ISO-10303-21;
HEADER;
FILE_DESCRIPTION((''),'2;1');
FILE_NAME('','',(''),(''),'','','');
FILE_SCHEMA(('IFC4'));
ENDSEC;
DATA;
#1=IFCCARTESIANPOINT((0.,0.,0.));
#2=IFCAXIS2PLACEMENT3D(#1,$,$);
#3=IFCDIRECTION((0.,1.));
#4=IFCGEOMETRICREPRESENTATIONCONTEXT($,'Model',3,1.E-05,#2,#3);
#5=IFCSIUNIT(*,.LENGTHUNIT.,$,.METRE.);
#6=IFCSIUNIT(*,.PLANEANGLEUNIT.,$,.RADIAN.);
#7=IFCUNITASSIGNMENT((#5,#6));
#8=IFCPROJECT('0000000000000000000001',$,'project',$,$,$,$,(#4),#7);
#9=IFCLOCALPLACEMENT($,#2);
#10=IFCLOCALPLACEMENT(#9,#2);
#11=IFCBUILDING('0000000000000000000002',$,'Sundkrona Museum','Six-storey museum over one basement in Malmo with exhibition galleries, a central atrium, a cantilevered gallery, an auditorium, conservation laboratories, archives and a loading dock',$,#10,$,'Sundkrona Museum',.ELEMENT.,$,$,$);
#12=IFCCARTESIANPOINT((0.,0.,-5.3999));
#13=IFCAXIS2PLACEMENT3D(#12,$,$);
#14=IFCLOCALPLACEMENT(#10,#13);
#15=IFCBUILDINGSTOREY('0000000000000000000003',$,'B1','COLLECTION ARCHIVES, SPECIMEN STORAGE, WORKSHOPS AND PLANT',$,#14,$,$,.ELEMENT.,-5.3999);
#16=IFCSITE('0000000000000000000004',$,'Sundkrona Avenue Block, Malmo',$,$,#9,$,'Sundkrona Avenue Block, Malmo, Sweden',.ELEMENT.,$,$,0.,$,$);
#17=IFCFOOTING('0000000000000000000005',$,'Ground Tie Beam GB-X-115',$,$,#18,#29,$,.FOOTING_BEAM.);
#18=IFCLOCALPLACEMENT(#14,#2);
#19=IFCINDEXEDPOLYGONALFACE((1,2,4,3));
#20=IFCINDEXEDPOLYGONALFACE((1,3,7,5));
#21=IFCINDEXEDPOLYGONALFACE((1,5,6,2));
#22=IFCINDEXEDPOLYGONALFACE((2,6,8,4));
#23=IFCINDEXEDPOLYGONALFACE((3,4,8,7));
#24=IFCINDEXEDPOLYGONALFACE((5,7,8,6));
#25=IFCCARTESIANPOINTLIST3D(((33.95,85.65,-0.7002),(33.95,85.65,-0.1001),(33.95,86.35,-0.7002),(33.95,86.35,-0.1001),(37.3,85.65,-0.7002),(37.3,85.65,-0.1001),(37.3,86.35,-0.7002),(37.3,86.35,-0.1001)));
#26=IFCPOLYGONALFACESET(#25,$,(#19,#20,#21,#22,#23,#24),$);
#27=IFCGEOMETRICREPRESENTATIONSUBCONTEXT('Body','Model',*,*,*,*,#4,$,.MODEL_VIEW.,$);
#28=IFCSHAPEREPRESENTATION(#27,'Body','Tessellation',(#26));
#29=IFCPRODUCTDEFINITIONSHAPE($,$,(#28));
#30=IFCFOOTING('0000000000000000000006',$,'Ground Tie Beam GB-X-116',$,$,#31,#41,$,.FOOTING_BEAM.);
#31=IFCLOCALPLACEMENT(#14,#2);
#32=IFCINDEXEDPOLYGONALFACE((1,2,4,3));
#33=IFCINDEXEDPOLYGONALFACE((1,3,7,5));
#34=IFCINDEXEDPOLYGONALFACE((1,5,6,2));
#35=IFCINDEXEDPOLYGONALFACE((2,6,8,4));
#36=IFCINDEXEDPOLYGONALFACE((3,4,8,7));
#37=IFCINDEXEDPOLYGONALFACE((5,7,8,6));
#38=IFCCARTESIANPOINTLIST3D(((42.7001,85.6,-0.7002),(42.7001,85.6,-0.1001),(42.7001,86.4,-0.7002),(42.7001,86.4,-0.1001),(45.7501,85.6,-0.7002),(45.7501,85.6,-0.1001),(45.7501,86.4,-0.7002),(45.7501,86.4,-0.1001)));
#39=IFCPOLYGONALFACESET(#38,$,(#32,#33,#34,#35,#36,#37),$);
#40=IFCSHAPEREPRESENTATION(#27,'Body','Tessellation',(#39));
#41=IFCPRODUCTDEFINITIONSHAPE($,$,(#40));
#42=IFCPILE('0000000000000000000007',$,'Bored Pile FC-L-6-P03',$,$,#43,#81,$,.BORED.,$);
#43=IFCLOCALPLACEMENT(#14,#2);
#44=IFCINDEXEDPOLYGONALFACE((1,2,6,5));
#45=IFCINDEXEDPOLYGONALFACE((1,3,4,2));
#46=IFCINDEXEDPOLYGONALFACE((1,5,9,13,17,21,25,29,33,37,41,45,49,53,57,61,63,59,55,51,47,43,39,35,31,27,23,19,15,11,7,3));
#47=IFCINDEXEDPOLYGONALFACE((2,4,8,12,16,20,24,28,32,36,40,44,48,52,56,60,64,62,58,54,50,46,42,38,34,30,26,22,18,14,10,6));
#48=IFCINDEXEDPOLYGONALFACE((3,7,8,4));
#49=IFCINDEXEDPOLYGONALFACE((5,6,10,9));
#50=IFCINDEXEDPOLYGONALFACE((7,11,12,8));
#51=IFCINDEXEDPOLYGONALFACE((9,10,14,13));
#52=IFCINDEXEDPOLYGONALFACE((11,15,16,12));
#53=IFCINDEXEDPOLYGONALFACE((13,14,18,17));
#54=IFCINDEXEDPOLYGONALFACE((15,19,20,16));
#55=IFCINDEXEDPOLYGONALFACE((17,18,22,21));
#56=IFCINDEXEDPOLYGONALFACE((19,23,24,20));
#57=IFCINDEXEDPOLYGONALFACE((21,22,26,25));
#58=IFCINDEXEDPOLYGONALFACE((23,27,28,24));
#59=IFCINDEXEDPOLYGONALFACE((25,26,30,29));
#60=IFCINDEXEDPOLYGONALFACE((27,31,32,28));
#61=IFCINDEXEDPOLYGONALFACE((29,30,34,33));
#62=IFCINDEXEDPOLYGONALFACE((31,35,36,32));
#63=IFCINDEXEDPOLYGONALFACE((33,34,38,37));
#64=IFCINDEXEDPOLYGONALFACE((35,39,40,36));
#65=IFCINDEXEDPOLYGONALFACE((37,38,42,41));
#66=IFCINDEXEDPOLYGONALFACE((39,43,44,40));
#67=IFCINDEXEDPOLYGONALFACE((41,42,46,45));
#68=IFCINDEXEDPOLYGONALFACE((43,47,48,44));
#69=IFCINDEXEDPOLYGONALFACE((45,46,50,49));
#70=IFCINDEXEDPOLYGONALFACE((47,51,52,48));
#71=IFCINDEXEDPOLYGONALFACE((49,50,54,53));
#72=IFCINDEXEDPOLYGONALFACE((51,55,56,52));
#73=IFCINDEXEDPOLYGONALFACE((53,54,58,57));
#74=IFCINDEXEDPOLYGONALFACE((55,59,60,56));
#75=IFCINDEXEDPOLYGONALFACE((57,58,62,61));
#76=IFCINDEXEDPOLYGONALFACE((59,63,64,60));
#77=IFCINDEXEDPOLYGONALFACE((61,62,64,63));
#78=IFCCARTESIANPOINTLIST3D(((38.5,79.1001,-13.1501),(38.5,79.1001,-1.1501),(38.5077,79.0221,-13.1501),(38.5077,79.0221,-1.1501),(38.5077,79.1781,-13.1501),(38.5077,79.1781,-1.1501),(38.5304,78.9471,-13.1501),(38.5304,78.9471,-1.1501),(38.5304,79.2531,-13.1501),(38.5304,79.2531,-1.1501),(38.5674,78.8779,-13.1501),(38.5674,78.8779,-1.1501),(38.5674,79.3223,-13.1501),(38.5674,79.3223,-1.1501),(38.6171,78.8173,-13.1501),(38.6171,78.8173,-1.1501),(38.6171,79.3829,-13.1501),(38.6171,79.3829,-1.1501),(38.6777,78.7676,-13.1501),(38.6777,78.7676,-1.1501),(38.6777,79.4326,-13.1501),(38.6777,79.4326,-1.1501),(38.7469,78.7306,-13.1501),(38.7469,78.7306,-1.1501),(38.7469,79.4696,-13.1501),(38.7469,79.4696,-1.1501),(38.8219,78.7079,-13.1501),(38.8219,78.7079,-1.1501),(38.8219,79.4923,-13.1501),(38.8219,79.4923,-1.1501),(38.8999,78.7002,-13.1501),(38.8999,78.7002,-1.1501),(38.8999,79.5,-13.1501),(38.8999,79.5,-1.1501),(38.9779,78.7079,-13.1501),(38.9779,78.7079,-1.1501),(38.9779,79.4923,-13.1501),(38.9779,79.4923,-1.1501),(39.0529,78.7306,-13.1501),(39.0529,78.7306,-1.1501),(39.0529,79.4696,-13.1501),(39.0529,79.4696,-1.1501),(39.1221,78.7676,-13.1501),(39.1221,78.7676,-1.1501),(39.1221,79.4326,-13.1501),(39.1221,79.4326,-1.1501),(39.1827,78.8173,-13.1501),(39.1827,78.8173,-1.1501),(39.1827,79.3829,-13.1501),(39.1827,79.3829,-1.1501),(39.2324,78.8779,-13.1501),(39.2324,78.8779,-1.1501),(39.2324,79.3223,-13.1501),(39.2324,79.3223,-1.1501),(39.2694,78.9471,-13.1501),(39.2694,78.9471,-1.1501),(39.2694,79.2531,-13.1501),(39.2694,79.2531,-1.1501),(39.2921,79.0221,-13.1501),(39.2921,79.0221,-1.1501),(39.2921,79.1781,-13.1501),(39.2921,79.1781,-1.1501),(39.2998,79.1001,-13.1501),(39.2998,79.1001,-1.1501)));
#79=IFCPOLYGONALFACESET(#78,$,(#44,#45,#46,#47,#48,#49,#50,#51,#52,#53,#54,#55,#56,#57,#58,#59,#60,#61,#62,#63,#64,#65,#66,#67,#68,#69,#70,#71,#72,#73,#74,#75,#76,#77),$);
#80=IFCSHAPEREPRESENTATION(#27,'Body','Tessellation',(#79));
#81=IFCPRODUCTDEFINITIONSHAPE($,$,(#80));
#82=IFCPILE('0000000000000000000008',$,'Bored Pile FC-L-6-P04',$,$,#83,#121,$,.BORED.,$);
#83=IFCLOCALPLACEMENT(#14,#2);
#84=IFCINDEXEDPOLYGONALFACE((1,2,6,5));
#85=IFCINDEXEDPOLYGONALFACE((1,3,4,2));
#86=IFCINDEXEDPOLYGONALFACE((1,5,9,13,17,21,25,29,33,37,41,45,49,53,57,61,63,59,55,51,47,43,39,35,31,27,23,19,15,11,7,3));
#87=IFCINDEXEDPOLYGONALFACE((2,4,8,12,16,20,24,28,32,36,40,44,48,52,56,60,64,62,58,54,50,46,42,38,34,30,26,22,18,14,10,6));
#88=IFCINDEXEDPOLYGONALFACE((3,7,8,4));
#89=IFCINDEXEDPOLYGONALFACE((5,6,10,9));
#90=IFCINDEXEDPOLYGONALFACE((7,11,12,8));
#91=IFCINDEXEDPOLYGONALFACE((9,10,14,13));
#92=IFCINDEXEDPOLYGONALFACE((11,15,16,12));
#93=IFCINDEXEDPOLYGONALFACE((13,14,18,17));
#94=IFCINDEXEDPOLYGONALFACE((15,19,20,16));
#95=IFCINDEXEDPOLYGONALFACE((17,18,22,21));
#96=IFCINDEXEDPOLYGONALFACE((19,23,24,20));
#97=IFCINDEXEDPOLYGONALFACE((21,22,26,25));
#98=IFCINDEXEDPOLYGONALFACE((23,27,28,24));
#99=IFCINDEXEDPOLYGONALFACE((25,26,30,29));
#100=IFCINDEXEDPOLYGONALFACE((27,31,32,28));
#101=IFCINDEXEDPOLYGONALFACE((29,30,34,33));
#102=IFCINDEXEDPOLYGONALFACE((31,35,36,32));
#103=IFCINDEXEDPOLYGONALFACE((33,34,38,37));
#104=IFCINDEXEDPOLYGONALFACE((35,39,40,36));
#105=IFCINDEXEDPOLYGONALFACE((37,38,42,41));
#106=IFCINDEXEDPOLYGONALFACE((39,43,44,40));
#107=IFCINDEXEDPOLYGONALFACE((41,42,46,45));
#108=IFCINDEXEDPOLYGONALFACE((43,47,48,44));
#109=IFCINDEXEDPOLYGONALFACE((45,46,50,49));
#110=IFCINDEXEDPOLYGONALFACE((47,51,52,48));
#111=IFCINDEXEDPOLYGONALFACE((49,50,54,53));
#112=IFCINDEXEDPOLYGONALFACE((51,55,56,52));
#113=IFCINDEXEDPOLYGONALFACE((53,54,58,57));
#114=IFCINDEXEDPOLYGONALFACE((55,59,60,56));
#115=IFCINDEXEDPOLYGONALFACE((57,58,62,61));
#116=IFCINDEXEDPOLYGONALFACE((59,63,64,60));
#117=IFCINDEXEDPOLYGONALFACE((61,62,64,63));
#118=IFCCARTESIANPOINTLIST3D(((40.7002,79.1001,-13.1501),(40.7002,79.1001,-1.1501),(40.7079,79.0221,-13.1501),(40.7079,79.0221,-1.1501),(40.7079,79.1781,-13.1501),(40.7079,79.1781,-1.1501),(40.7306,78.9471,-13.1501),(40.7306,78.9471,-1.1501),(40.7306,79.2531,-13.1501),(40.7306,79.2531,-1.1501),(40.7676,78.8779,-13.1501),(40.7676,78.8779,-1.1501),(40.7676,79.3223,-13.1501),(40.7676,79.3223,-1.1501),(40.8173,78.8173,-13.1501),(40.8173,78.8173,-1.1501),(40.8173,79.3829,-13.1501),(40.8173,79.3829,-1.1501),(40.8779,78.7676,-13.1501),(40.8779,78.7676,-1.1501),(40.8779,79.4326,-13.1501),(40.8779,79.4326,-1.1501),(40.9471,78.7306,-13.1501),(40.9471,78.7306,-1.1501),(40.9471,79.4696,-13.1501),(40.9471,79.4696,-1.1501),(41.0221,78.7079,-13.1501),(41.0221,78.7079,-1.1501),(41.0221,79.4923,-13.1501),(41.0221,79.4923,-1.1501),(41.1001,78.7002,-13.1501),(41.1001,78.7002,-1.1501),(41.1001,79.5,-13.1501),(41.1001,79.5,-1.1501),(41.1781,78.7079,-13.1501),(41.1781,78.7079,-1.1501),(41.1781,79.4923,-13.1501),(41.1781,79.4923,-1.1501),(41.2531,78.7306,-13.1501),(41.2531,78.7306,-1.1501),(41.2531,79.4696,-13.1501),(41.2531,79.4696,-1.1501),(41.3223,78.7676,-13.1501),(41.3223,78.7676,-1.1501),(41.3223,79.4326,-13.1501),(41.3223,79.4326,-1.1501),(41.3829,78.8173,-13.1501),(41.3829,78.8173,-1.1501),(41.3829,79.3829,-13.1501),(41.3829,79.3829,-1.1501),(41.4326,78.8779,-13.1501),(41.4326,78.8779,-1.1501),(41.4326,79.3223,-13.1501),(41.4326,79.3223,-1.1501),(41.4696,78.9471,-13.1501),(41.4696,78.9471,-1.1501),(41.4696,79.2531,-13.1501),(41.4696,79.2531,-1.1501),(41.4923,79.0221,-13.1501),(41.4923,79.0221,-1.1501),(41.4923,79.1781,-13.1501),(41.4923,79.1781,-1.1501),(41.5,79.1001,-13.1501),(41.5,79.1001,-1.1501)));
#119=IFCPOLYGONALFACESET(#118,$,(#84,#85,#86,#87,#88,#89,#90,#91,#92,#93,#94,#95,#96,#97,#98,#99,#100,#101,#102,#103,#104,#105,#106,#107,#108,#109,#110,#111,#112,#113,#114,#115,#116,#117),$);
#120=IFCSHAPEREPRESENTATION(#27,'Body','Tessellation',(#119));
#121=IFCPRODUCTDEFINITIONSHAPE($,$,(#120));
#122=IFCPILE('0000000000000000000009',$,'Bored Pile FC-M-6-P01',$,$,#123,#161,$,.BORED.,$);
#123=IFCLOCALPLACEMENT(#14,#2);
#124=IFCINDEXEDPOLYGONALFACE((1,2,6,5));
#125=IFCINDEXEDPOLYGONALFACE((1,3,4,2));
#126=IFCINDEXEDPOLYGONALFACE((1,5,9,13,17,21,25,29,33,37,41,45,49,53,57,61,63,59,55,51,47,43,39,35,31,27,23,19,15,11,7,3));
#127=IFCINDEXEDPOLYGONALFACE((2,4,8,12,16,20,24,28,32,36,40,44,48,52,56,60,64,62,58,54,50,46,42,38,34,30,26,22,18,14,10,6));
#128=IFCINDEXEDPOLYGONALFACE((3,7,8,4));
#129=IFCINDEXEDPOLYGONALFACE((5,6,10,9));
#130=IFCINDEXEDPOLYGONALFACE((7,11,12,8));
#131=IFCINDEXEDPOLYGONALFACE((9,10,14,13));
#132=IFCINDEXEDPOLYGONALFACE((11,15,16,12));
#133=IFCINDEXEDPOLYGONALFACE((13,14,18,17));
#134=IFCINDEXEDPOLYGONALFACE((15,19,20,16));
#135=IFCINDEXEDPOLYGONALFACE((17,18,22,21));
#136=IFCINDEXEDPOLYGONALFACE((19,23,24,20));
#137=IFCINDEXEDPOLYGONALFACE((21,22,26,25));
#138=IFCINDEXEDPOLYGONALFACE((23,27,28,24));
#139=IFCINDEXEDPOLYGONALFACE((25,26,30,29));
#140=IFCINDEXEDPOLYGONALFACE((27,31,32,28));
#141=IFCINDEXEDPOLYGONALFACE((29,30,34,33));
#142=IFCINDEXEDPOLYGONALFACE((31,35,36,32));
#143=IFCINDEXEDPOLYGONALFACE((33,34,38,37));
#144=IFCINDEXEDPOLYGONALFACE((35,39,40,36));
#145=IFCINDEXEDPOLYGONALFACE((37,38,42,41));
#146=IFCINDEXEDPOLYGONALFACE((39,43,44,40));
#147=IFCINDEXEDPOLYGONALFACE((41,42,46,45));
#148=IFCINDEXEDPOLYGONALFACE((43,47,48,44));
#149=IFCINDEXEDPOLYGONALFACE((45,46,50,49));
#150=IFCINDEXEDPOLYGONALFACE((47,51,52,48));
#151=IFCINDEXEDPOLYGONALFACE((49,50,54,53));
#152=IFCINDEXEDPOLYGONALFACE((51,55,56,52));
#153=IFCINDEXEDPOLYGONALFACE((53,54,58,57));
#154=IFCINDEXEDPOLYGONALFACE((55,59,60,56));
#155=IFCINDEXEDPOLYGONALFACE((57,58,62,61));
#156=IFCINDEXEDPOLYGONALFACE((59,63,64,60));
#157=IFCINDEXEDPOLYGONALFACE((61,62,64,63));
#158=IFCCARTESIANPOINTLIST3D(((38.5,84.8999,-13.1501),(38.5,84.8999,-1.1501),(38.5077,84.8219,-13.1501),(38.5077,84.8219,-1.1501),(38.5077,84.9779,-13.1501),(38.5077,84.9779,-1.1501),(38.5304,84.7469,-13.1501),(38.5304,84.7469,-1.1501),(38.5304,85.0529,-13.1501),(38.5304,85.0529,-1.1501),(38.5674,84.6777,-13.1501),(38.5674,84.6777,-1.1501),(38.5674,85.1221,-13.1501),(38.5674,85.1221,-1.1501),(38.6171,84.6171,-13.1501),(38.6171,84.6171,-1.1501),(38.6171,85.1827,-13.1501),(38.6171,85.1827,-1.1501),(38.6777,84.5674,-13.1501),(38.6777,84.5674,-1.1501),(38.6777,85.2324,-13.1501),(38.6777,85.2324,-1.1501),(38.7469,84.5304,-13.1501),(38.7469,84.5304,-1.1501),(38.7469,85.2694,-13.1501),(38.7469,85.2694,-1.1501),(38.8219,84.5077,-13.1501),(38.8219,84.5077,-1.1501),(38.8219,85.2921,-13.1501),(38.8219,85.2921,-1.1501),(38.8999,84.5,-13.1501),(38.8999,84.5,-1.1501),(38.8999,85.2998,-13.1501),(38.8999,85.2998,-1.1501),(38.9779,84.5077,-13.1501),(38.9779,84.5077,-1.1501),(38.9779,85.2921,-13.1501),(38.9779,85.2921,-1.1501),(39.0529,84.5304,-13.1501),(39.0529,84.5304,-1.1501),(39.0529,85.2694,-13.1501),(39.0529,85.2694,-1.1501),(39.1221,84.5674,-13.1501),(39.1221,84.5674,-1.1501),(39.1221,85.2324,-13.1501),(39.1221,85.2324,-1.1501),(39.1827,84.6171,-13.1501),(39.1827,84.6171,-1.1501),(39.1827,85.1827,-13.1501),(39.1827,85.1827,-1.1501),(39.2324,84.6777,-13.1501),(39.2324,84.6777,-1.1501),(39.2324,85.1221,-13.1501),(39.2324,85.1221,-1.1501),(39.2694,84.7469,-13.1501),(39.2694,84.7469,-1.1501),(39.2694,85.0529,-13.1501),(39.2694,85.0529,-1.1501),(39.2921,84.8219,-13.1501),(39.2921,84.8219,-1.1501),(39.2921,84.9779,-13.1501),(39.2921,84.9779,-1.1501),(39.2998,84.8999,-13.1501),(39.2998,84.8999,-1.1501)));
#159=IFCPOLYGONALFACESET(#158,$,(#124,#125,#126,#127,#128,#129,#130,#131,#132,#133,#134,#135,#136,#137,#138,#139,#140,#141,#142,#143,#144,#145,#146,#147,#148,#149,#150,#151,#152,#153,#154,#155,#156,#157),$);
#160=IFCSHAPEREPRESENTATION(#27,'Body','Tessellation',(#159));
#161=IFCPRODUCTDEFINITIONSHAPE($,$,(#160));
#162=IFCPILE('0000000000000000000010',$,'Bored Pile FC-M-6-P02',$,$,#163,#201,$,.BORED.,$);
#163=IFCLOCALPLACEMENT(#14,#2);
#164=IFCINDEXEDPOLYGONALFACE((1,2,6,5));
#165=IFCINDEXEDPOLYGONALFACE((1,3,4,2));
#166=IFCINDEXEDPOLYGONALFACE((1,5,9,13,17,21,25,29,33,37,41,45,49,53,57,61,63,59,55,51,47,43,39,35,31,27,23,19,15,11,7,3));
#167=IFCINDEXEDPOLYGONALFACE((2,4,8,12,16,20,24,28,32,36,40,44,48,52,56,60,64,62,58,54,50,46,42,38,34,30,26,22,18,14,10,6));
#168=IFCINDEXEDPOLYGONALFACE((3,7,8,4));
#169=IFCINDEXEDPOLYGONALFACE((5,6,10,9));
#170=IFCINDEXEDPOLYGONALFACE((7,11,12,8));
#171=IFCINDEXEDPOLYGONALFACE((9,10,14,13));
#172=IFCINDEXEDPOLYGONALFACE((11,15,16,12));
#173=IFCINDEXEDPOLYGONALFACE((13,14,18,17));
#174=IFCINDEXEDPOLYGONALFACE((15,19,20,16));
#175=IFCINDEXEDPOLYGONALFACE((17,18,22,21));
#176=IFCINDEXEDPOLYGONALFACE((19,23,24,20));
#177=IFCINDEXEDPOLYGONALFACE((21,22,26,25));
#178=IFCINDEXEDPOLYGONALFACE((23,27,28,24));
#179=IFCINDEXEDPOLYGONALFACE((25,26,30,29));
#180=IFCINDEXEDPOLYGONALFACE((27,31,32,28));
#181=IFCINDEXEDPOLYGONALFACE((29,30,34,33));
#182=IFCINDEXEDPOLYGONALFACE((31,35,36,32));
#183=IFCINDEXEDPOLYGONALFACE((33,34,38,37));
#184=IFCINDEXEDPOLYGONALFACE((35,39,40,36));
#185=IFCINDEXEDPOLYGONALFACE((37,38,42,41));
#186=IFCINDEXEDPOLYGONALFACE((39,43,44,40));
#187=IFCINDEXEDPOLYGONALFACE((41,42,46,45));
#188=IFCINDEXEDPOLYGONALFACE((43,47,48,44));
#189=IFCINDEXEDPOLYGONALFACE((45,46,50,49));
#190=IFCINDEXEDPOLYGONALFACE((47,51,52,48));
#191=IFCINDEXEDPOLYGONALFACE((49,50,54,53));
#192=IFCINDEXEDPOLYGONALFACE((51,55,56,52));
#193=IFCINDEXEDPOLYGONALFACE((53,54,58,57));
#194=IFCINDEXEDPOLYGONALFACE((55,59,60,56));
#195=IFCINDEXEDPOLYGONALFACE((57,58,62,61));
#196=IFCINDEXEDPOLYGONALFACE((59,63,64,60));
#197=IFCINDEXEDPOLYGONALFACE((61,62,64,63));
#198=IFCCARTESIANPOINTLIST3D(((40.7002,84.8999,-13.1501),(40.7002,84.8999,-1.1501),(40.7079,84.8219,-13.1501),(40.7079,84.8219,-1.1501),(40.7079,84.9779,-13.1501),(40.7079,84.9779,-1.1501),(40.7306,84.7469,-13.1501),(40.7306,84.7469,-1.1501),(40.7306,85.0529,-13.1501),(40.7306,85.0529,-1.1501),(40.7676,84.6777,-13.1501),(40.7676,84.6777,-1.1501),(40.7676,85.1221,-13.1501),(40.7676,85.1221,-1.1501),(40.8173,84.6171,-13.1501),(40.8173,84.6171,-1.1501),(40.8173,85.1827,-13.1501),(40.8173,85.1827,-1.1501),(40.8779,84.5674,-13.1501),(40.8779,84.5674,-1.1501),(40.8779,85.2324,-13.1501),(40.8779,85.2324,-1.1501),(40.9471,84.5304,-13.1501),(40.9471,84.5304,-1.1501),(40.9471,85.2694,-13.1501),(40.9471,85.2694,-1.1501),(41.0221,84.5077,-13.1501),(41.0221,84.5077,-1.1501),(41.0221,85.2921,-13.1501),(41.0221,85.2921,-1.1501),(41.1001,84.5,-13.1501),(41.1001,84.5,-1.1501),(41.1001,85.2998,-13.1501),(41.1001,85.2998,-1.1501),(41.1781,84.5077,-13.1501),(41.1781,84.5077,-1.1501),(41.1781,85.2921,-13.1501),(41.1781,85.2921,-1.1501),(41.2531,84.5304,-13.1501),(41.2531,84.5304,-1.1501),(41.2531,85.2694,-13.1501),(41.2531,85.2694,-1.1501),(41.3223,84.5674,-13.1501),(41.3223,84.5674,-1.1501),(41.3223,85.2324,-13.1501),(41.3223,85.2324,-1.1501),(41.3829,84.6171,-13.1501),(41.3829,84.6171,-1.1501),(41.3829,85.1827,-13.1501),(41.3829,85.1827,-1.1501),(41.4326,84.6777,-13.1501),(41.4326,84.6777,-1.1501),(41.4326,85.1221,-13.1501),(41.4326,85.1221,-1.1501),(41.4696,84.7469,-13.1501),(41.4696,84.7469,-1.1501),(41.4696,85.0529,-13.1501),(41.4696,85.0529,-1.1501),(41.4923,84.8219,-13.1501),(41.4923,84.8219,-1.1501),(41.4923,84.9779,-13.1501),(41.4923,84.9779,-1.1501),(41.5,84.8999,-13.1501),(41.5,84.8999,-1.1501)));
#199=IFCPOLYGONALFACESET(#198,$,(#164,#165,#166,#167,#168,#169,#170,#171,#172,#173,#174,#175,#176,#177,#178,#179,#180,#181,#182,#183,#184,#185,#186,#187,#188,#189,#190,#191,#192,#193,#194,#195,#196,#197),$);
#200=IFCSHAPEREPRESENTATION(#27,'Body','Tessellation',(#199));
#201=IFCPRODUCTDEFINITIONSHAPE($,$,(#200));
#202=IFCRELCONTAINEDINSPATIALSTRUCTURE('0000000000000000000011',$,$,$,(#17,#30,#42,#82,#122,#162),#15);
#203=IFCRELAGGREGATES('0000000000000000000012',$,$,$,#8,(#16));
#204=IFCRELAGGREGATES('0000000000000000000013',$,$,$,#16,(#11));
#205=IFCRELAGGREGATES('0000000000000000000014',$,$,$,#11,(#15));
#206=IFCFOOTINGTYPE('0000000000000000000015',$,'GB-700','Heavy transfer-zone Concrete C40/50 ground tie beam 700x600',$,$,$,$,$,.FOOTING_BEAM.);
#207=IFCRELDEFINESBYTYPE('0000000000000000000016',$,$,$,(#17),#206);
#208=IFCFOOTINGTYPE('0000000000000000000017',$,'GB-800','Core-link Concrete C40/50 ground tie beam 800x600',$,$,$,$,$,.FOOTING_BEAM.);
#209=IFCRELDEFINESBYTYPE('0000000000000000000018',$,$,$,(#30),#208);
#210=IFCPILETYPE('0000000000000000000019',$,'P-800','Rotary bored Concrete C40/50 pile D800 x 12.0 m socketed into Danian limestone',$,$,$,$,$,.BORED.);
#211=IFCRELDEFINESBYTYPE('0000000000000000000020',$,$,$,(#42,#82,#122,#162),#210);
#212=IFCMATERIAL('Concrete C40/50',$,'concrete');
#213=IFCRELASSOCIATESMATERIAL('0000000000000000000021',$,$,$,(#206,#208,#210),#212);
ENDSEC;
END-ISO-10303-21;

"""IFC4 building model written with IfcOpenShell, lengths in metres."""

from ifc_helpers import new_model, si_unit, direction, frame, origin, origin_2d, place, context, subcontext, project, spatial, rectangle, circle, extrude, material, material_profile, profile_set, type_object, element, save


model = new_model("IFC4")

# Units and contexts
model_context = context("Model", 3, precision=1e-05, world=origin(), true_north=direction((0.0, 1.0)))
body_context = subcontext(model_context, "Body", "Model", "MODEL_VIEW")
ifc_project = project(units=[si_unit("LENGTHUNIT", "METRE"), si_unit("PLANEANGLEUNIT", "RADIAN")], contexts=[model_context])

# Site, building, storey
site_placement = place(None, origin())
site = spatial("IfcSite", under=ifc_project, at=site_placement, Name="Sundkrona Avenue Block, Malmo", LongName="Sundkrona Avenue Block, Malmo, Sweden", CompositionType="ELEMENT", RefElevation=0.0)
building_placement = place(site_placement, origin())
building = spatial("IfcBuilding", under=site, at=building_placement, Name="Sundkrona Museum", Description="Six-storey museum over one basement in Malmo with exhibition galleries, a central atrium, a cantilevered gallery, an auditorium, conservation laboratories, archives and a loading dock", LongName="Sundkrona Museum", CompositionType="ELEMENT")
storey_placement = place(building_placement, frame((0.0, 0.0, -5.3999)))
storey = spatial("IfcBuildingStorey", under=building, at=storey_placement, Name="B1", Description="COLLECTION ARCHIVES, SPECIMEN STORAGE, WORKSHOPS AND PLANT", CompositionType="ELEMENT", Elevation=-5.3999)

# Footings
ifc_material_1 = material(Name="Concrete C40/50", Category="concrete")
footing_type_1 = type_object("IfcFootingType", Name="GB-700", Description="Heavy transfer-zone Concrete C40/50 ground tie beam 700x600", PredefinedType="FOOTING_BEAM", material=ifc_material_1)
footing_1_placement = place(storey_placement, frame((35.625, 86.0, -0.7002), z_axis=(0.0, 0.0, 1.0), x_axis=(1.0, 0.0, 0.0)))
element("IfcFooting", 1, at=footing_1_placement, inside=storey, type_object=footing_type_1, Name="Ground Tie Beam GB-X-115", PredefinedType="FOOTING_BEAM", context=body_context, shape_type="SweptSolid", body=[
    extrude(rectangle(XDim=3.3501, YDim=0.7, at=origin_2d()), origin(), (0.0, 0.0, 1.0), 0.6001),
])
footing_type_2 = type_object("IfcFootingType", Name="GB-800", Description="Core-link Concrete C40/50 ground tie beam 800x600", PredefinedType="FOOTING_BEAM", material=ifc_material_1)
footing_2_placement = place(storey_placement, frame((44.2251, 86.0, -0.7002), z_axis=(0.0, 0.0, 1.0), x_axis=(1.0, 0.0, 0.0)))
element("IfcFooting", 2, at=footing_2_placement, inside=storey, type_object=footing_type_2, Name="Ground Tie Beam GB-X-116", PredefinedType="FOOTING_BEAM", context=body_context, shape_type="SweptSolid", body=[
    extrude(rectangle(XDim=3.05, YDim=0.8, at=origin_2d()), origin(), (0.0, 0.0, 1.0), 0.6001),
])

# Piles
ifc_material_profile_1 = material_profile(ifc_material_1, circle(Radius=0.3999, at=origin_2d()), Name="PILE D800")
ifc_profile_set_1 = profile_set([ifc_material_profile_1], Name="Concrete C40/50")
pile_type = type_object("IfcPileType", Name="P-800", Description="Rotary bored Concrete C40/50 pile D800 x 12.0 m socketed into Danian limestone", PredefinedType="BORED", material=ifc_profile_set_1)
for number, where, z_axis, x_axis, name in (
    (3, (38.8999, 79.1001, -1.1501), (0.0, 0.0, -1.0), (1.0, 0.0, 0.0), "Bored Pile FC-L-6-P03"),
    (4, (41.1001, 79.1001, -1.1501), (0.0, 0.0, -1.0), (1.0, 0.0, 0.0), "Bored Pile FC-L-6-P04"),
    (5, (38.8999, 84.8999, -1.1501), (0.0, 0.0, -1.0), (1.0, 0.0, 0.0), "Bored Pile FC-M-6-P01"),
    (6, (41.1001, 84.8999, -1.1501), (0.0, 0.0, -1.0), (1.0, 0.0, 0.0), "Bored Pile FC-M-6-P02"),
):
    element("IfcPile", number, at=place(storey_placement, frame(where, z_axis=z_axis, x_axis=x_axis)), inside=storey, type_object=pile_type, Name=name, PredefinedType="BORED", context=body_context, shape_type="SweptSolid", body=[
        extrude(circle(Radius=0.3999, at=origin_2d()), origin(), (0.0, 0.0, 1.0), 12.0),
    ])

save(model, "model.ifc")
